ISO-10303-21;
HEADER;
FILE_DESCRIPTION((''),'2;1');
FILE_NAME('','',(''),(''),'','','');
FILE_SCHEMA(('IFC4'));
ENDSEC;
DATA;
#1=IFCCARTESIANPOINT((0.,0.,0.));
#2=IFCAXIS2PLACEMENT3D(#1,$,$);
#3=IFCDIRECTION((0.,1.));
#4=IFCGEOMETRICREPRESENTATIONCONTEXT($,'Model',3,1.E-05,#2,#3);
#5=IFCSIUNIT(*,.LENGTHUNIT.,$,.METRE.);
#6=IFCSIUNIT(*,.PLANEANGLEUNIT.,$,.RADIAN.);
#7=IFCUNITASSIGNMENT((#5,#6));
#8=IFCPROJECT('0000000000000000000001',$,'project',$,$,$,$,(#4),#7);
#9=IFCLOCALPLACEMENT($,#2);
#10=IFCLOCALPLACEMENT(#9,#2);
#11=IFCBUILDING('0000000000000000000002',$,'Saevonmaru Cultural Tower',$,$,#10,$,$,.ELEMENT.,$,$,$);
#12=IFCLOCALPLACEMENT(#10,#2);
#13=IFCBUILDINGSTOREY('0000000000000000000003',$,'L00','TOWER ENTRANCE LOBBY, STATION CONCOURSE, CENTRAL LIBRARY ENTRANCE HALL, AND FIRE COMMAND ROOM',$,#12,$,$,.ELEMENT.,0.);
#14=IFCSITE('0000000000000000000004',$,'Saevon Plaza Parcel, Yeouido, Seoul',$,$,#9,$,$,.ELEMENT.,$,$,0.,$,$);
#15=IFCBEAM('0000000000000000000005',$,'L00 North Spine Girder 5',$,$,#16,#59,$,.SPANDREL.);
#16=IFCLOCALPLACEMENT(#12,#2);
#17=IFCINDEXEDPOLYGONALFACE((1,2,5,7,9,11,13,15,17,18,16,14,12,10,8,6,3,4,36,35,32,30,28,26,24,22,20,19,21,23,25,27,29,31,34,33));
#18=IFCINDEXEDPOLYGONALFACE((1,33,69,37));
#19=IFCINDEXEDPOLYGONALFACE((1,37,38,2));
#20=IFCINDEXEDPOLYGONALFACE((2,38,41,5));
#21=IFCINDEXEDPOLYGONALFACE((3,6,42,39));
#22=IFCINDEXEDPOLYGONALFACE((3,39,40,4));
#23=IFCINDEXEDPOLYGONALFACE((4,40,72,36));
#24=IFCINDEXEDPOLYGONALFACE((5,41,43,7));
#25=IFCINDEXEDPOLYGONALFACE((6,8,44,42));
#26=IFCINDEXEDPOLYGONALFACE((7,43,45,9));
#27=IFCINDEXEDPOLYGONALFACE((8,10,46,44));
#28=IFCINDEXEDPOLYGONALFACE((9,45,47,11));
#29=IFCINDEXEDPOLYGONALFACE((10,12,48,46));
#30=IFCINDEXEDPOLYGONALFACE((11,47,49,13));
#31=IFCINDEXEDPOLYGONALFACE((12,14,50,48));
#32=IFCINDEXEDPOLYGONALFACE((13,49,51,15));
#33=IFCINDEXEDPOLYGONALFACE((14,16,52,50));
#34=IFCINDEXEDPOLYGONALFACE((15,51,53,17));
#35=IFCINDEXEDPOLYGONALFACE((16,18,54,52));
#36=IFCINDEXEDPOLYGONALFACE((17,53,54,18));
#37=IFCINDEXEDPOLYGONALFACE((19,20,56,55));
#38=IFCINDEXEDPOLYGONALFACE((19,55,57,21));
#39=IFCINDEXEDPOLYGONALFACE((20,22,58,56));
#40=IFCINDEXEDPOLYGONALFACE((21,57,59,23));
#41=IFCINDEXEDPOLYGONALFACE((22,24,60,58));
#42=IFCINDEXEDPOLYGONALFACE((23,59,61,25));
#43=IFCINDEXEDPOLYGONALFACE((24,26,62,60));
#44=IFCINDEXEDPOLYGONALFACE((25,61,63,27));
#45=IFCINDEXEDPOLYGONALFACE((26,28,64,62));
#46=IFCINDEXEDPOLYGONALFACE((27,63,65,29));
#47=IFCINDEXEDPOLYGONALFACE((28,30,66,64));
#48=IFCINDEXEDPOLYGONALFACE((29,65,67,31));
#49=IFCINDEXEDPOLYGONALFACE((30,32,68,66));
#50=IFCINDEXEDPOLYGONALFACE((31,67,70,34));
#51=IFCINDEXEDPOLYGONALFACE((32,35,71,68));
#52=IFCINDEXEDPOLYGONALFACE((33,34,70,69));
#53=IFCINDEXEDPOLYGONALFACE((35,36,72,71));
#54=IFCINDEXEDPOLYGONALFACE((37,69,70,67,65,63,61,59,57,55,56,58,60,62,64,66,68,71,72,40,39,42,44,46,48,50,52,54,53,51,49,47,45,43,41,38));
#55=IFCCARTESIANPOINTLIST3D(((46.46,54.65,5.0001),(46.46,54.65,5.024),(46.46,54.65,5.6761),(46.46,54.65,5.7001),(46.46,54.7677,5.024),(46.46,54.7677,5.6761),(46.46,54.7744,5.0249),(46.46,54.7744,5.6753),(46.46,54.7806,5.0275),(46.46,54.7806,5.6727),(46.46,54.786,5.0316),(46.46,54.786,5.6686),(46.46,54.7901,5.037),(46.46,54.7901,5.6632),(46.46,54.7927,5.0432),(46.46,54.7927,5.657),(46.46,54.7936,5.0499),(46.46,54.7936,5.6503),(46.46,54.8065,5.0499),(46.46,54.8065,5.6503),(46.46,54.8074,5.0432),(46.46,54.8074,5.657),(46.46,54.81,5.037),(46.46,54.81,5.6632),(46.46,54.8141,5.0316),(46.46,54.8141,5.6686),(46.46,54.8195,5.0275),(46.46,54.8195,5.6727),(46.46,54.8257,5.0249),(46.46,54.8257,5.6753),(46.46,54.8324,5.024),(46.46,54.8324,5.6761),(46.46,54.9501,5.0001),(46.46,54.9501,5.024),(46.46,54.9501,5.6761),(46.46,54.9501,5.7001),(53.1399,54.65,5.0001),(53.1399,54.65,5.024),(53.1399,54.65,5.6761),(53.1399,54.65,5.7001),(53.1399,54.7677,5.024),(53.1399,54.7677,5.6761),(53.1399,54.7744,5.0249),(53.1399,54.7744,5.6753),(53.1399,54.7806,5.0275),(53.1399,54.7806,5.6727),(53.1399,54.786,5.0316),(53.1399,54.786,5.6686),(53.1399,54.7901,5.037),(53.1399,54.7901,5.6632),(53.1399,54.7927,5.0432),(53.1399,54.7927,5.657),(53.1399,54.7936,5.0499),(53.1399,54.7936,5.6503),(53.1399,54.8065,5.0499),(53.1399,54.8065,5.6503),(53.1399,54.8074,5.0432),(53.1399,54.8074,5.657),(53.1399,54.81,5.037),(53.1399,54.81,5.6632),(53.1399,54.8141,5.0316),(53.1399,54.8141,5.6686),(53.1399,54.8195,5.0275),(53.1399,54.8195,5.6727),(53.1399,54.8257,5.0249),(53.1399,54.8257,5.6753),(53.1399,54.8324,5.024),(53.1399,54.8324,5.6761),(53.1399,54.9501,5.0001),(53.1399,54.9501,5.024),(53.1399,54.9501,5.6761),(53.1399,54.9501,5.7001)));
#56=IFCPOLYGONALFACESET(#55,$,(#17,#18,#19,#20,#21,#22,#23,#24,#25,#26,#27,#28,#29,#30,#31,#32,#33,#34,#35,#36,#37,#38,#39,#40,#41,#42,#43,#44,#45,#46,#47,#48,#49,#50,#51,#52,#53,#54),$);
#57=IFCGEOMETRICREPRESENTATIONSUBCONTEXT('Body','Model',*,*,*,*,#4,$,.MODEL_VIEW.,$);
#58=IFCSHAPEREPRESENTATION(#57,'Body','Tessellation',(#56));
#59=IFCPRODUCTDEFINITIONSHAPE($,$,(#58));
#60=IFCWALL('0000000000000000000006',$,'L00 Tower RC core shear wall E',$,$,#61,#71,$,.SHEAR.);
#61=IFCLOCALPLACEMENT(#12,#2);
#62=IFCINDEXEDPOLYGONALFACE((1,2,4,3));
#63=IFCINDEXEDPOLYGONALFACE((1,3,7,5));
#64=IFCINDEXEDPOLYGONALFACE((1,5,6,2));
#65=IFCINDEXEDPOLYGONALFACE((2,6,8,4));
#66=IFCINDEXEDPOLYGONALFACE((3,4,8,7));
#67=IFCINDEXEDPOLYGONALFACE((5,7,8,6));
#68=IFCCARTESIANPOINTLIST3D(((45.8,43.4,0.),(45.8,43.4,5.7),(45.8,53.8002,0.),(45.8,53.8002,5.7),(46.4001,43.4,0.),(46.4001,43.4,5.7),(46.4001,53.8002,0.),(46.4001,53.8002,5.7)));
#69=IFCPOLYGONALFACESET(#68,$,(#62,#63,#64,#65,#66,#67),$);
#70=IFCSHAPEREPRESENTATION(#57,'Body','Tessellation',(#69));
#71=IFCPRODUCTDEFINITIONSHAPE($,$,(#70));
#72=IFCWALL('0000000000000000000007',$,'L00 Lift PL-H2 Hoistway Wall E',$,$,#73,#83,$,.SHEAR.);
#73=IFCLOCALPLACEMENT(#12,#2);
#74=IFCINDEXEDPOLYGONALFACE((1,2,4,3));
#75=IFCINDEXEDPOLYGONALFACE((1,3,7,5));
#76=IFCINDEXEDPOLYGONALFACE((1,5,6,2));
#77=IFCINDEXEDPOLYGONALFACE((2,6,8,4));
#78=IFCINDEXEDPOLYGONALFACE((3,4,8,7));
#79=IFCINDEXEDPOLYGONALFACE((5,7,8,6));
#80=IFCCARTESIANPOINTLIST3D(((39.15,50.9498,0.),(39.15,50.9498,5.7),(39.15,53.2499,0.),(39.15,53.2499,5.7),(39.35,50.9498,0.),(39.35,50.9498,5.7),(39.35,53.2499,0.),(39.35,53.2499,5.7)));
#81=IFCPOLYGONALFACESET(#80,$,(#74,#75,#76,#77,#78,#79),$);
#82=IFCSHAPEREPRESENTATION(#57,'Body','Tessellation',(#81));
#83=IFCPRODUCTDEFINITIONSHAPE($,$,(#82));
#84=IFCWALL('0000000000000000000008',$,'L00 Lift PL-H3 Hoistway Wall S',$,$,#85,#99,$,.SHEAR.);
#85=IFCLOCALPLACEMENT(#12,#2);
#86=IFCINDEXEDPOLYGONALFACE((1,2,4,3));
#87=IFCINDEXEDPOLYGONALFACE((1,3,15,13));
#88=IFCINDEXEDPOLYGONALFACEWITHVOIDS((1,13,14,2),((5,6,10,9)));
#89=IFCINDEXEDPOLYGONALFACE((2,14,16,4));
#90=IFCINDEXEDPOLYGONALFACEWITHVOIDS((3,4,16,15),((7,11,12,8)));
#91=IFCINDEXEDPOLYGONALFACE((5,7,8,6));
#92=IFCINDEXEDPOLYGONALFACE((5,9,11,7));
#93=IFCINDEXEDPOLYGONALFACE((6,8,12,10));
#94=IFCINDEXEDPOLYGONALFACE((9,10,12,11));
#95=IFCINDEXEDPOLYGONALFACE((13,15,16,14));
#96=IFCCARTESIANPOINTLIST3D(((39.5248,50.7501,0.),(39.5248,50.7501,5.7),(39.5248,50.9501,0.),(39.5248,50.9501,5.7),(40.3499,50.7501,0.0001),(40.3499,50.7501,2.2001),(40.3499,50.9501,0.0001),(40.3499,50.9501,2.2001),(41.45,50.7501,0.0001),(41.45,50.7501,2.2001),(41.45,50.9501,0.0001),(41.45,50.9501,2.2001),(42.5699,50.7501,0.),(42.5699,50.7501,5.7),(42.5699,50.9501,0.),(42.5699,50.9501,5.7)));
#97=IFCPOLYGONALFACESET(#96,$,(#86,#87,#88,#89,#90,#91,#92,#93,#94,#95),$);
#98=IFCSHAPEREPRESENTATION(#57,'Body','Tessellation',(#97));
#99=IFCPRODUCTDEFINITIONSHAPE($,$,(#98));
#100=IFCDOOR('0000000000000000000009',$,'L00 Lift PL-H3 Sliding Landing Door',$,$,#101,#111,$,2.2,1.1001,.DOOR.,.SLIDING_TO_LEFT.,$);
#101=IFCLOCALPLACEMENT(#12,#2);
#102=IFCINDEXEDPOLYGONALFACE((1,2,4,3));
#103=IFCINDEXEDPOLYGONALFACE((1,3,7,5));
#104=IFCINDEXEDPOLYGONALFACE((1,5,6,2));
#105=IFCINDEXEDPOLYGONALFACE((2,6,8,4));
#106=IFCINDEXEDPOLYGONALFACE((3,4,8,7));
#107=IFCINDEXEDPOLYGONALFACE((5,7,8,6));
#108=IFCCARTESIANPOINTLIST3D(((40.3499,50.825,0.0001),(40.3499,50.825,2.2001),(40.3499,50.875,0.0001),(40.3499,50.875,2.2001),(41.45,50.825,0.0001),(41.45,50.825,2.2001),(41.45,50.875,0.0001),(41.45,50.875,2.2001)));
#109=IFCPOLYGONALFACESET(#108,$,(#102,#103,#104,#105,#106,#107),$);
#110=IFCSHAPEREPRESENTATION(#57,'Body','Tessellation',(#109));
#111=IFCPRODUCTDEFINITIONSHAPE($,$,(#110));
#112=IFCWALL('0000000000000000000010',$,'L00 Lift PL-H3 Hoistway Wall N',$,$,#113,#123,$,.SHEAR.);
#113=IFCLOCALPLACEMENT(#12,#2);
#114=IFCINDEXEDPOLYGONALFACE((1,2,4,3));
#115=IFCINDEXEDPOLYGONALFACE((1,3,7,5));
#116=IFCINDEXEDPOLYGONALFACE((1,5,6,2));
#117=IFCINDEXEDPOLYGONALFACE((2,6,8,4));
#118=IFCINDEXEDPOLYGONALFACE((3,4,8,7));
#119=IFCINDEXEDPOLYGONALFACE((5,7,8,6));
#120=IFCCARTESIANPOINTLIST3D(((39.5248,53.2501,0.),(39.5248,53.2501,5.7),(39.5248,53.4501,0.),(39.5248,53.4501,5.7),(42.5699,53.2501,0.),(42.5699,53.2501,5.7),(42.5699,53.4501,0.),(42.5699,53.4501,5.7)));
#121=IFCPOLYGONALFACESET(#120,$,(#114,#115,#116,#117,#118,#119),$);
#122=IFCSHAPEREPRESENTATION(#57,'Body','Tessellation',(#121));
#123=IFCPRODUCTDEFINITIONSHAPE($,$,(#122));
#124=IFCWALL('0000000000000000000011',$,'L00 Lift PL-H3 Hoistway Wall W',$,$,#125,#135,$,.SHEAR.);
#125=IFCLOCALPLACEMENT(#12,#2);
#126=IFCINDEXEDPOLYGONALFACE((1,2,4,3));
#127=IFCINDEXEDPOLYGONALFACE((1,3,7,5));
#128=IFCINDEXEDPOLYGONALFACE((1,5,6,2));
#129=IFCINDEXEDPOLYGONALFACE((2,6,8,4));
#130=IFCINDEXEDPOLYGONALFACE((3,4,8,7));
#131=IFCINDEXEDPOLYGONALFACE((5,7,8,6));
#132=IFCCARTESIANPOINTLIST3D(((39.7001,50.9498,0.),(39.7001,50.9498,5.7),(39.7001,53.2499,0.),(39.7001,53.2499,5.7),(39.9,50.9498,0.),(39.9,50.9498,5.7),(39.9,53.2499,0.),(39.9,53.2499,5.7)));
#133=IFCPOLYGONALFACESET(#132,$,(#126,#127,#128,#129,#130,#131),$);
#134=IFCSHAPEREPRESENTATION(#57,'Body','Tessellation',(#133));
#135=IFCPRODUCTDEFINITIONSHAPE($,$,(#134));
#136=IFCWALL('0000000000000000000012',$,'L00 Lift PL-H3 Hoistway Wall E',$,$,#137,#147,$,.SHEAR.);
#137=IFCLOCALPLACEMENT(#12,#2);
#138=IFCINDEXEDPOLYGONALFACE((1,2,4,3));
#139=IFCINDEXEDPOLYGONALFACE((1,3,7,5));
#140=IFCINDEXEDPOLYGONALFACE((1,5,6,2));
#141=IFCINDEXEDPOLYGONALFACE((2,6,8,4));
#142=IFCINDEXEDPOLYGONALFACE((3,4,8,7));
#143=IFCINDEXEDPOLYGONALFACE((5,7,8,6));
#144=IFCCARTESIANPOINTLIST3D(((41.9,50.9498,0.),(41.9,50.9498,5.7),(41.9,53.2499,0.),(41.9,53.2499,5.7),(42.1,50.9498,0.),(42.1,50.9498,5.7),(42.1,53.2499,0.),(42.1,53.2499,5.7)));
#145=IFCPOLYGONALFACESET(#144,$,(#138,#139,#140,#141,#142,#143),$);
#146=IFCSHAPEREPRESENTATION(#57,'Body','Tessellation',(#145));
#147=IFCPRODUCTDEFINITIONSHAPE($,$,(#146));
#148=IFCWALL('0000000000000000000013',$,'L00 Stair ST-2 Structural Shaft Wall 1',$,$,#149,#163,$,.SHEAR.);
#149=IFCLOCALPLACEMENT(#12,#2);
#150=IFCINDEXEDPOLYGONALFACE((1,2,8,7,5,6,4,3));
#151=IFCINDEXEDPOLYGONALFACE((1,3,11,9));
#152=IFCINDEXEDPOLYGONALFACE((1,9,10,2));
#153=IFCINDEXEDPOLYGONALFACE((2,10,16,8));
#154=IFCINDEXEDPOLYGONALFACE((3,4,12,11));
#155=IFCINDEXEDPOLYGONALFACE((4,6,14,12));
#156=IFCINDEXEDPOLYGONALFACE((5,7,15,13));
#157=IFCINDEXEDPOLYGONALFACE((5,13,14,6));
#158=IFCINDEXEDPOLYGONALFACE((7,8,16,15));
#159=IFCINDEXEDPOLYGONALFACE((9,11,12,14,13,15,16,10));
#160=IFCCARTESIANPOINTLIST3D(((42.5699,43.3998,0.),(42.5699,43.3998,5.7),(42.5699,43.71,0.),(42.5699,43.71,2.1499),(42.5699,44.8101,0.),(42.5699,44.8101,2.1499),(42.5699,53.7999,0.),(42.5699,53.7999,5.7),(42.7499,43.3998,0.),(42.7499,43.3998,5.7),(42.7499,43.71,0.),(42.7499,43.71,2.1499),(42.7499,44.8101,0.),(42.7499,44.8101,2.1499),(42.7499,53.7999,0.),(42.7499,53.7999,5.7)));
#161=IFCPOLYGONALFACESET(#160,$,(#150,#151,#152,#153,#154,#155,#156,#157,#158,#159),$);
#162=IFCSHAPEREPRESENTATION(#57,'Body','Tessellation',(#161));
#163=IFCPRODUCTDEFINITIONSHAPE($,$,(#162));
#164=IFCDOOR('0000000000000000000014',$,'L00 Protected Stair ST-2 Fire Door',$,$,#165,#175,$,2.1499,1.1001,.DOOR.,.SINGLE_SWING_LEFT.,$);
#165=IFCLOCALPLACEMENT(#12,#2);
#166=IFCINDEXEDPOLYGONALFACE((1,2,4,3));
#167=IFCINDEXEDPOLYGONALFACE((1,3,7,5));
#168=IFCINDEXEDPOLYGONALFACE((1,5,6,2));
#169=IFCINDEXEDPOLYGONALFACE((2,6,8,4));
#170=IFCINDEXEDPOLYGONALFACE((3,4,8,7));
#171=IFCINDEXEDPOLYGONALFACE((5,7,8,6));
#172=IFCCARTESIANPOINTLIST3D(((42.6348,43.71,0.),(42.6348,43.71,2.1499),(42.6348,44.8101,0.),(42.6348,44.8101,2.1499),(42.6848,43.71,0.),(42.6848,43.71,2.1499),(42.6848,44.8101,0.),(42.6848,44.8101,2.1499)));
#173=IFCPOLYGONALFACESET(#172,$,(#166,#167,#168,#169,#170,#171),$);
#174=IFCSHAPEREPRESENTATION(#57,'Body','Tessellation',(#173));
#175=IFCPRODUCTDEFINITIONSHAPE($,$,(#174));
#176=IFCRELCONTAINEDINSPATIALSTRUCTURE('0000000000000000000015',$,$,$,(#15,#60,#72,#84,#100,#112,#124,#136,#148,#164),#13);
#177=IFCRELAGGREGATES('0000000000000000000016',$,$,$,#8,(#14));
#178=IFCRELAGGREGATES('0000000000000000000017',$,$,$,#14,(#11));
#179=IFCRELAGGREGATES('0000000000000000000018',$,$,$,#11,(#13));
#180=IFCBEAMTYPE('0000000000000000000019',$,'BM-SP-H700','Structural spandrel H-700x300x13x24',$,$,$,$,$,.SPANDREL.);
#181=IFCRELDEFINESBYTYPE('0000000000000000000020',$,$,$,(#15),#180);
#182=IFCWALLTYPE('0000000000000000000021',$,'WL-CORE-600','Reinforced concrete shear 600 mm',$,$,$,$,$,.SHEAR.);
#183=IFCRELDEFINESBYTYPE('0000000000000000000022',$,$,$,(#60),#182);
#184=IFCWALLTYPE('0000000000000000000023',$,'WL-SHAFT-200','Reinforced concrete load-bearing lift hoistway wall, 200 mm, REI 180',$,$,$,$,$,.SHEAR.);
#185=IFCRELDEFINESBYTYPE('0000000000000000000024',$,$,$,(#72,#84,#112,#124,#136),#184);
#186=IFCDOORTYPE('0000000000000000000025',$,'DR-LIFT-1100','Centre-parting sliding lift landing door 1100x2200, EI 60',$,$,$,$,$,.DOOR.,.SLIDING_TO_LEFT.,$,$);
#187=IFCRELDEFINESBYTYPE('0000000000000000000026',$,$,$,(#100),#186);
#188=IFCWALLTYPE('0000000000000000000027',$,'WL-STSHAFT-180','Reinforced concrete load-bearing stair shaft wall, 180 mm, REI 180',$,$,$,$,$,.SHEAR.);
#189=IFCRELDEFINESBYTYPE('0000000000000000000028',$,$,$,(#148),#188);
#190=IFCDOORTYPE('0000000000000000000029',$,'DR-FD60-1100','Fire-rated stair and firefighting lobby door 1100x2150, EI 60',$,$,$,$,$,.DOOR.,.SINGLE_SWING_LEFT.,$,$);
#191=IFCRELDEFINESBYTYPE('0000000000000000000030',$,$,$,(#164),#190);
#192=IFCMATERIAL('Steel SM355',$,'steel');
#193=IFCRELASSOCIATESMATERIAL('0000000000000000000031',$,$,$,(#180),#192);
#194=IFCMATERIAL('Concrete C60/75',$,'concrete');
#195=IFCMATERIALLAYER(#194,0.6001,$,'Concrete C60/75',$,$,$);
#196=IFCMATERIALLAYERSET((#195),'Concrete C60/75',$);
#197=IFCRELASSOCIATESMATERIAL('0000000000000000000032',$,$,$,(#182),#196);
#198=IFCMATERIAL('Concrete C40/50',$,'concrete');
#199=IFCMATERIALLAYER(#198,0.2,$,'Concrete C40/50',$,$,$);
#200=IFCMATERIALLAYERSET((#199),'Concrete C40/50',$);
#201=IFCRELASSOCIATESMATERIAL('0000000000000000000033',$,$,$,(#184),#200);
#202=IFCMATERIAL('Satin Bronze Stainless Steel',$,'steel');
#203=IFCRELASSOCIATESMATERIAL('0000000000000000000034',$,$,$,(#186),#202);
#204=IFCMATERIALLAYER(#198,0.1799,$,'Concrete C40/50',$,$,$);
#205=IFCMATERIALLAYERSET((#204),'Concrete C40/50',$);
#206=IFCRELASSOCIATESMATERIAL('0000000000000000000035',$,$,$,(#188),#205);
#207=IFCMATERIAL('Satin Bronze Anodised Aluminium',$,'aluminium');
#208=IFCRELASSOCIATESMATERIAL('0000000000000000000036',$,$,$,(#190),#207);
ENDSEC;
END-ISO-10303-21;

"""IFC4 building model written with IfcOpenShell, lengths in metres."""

from ifc_helpers import new_model, si_unit, direction, frame, frame_2d, origin, origin_2d, place, context, subcontext, project, spatial, rectangle, i_section, extrude, material, layer, layer_set, material_profile, profile_set, type_object, element, fill, save


model = new_model("IFC4")

# Units and contexts
model_context = context("Model", 3, precision=1e-05, world=origin(), true_north=direction((0.0, 1.0)))
body_context = subcontext(model_context, "Body", "Model", "MODEL_VIEW")
ifc_project = project(units=[si_unit("LENGTHUNIT", "METRE"), si_unit("PLANEANGLEUNIT", "RADIAN")], contexts=[model_context])

# Site, building, storey
site_placement = place(None, origin())
site = spatial("IfcSite", under=ifc_project, at=site_placement, Name="Saevon Plaza Parcel, Yeouido, Seoul", CompositionType="ELEMENT", RefElevation=0.0)
building_placement = place(site_placement, origin())
building = spatial("IfcBuilding", under=site, at=building_placement, Name="Saevonmaru Cultural Tower", CompositionType="ELEMENT")
storey_placement = place(building_placement, origin())
storey = spatial("IfcBuildingStorey", under=building, at=storey_placement, Name="L00", Description="TOWER ENTRANCE LOBBY, STATION CONCOURSE, CENTRAL LIBRARY ENTRANCE HALL, AND FIRE COMMAND ROOM", CompositionType="ELEMENT", Elevation=0.0)

# Beam
ifc_material_1 = material(Name="Steel SM355", Category="steel")
ifc_material_profile_1 = material_profile(ifc_material_1, i_section(OverallWidth=0.3, OverallDepth=0.7, WebThickness=0.0129, FlangeThickness=0.0239, FilletRadius=0.0259, at=origin_2d()), Name="H-700x300x13x24")
ifc_profile_set_1 = profile_set([ifc_material_profile_1], Name="Steel SM355")
beam_type_1 = type_object("IfcBeamType", Name="BM-SP-H700", Description="Structural spandrel H-700x300x13x24", PredefinedType="SPANDREL", material=ifc_profile_set_1)
beam_1_placement = place(storey_placement, frame((46.46, 54.8, 5.3501), z_axis=(1.0, 0.0, 0.0), x_axis=(0.0, 1.0, 0.0)))
element("IfcBeam", 1, at=beam_1_placement, inside=storey, type_object=beam_type_1, Name="L00 North Spine Girder 5", PredefinedType="SPANDREL", context=body_context, shape_type="SweptSolid", body=[
    extrude(i_section(OverallWidth=0.3, OverallDepth=0.7, WebThickness=0.0129, FlangeThickness=0.0239, FilletRadius=0.0259, at=origin_2d()), origin(), (0.0, 0.0, 1.0), 6.6799),
])

# Walls
ifc_material_2 = material(Name="Concrete C60/75", Category="concrete")
ifc_layer_1 = layer(ifc_material_2, 0.6001, Name="Concrete C60/75")
ifc_layer_set_1 = layer_set([ifc_layer_1], Name="Concrete C60/75")
wall_type_1 = type_object("IfcWallType", Name="WL-CORE-600", Description="Reinforced concrete shear 600 mm", PredefinedType="SHEAR", material=ifc_layer_set_1)
wall_1_placement = place(storey_placement, frame((46.1001, 43.3999, 0.0), z_axis=(0.0, 0.0, 1.0), x_axis=(0.0, 1.0, 0.0)))
element("IfcWall", 2, at=wall_1_placement, inside=storey, type_object=wall_type_1, Name="L00 Tower RC core shear wall E", PredefinedType="SHEAR", context=body_context, shape_type="SweptSolid", body=[
    extrude(rectangle(XDim=10.4001, YDim=0.6001, at=frame_2d((5.2002, 0.0))), origin(), (0.0, 0.0, 1.0), 5.7),
])
ifc_material_3 = material(Name="Concrete C40/50", Category="concrete")
ifc_layer_2 = layer(ifc_material_3, 0.2, Name="Concrete C40/50")
ifc_layer_set_2 = layer_set([ifc_layer_2], Name="Concrete C40/50")
wall_type_2 = type_object("IfcWallType", Name="WL-SHAFT-200", Description="Reinforced concrete load-bearing lift hoistway wall, 200 mm, REI 180", PredefinedType="SHEAR", material=ifc_layer_set_2)
wall_2_placement = place(storey_placement, frame((39.25, 50.95, 0.0), z_axis=(0.0, 0.0, 1.0), x_axis=(0.0, 1.0, 0.0)))
element("IfcWall", 3, at=wall_2_placement, inside=storey, type_object=wall_type_2, Name="L00 Lift PL-H2 Hoistway Wall E", PredefinedType="SHEAR", context=body_context, shape_type="SweptSolid", body=[
    extrude(rectangle(XDim=2.3, YDim=0.2, at=frame_2d((1.1499, 0.0))), origin(), (0.0, 0.0, 1.0), 5.7),
])

# Wall, opening, door
wall_3_placement = place(storey_placement, frame((39.5249, 50.8501, 0.0), z_axis=(0.0, 0.0, 1.0), x_axis=(1.0, 0.0, 0.0)))
wall_3 = element("IfcWall", 4, at=wall_3_placement, inside=storey, type_object=wall_type_2, Name="L00 Lift PL-H3 Hoistway Wall S", PredefinedType="SHEAR", context=body_context, shape_type="SweptSolid", body=[
    extrude(rectangle(XDim=3.0452, YDim=0.2, at=frame_2d((1.5225, 0.0))), origin(), (0.0, 0.0, 1.0), 5.7),
])
opening_1_placement = place(wall_3_placement, frame((0.825, 0.0, 0.0)))
opening_1 = element("IfcOpeningElement", 5, at=opening_1_placement, cuts=wall_3, PredefinedType="OPENING", context=body_context, shape_type="SweptSolid", body=[
    extrude(rectangle(XDim=1.1001, YDim=2.2, at=frame_2d((0.55, 1.1001))), frame((0.0, 0.1099, 0.0), z_axis=(0.0, -1.0, 0.0), x_axis=(1.0, 0.0, 0.0)), (0.0, 0.0, 1.0), 0.22),
])
ifc_material_4 = material(Name="Satin Bronze Stainless Steel", Category="steel")
door_type_1 = type_object("IfcDoorType", Name="DR-LIFT-1100", Description="Centre-parting sliding lift landing door 1100x2200, EI 60", OperationType="SLIDING_TO_LEFT", PredefinedType="DOOR", material=ifc_material_4)
door_1_placement = place(opening_1_placement, origin())
door_1 = element("IfcDoor", 6, at=door_1_placement, inside=storey, type_object=door_type_1, Name="L00 Lift PL-H3 Sliding Landing Door", OperationType="SLIDING_TO_LEFT", OverallHeight=2.2, OverallWidth=1.1001, PredefinedType="DOOR", context=body_context, shape_type="SweptSolid", body=[
    extrude(rectangle(XDim=1.1001, YDim=2.2, at=frame_2d((0.55, 1.1001))), frame((0.0, 0.0249, 0.0), z_axis=(0.0, -1.0, 0.0), x_axis=(1.0, 0.0, 0.0)), (0.0, 0.0, 1.0), 0.05),
])
fill(opening_1, door_1)

# Walls
wall_4_placement = place(storey_placement, frame((39.5249, 53.3501, 0.0), z_axis=(0.0, 0.0, 1.0), x_axis=(1.0, 0.0, 0.0)))
element("IfcWall", 7, at=wall_4_placement, inside=storey, type_object=wall_type_2, Name="L00 Lift PL-H3 Hoistway Wall N", PredefinedType="SHEAR", context=body_context, shape_type="SweptSolid", body=[
    extrude(rectangle(XDim=3.0452, YDim=0.2, at=frame_2d((1.5225, 0.0))), origin(), (0.0, 0.0, 1.0), 5.7),
])
for number, where, z_axis, x_axis, name in (
    (8, (39.8, 50.95, 0.0), (0.0, 0.0, 1.0), (0.0, 1.0, 0.0), "L00 Lift PL-H3 Hoistway Wall W"),
    (9, (42.0, 50.95, 0.0), (0.0, 0.0, 1.0), (0.0, 1.0, 0.0), "L00 Lift PL-H3 Hoistway Wall E"),
):
    element("IfcWall", number, at=place(storey_placement, frame(where, z_axis=z_axis, x_axis=x_axis)), inside=storey, type_object=wall_type_2, Name=name, PredefinedType="SHEAR", context=body_context, shape_type="SweptSolid", body=[
        extrude(rectangle(XDim=2.3, YDim=0.2, at=frame_2d((1.1499, 0.0))), origin(), (0.0, 0.0, 1.0), 5.7),
    ])

# Wall, opening, door
ifc_layer_3 = layer(ifc_material_3, 0.1799, Name="Concrete C40/50")
ifc_layer_set_3 = layer_set([ifc_layer_3], Name="Concrete C40/50")
wall_type_3 = type_object("IfcWallType", Name="WL-STSHAFT-180", Description="Reinforced concrete load-bearing stair shaft wall, 180 mm, REI 180", PredefinedType="SHEAR", material=ifc_layer_set_3)
wall_5_placement = place(storey_placement, frame((42.6599, 53.8, 0.0), z_axis=(0.0, 0.0, 1.0), x_axis=(0.0, -1.0, 0.0)))
wall_5 = element("IfcWall", 10, at=wall_5_placement, inside=storey, type_object=wall_type_3, Name="L00 Stair ST-2 Structural Shaft Wall 1", PredefinedType="SHEAR", context=body_context, shape_type="SweptSolid", body=[
    extrude(rectangle(XDim=10.4001, YDim=0.1799, at=frame_2d((5.2002, 0.0))), origin(), (0.0, 0.0, 1.0), 5.7),
])
opening_2_placement = place(wall_5_placement, frame((8.99, 0.0, 0.0)))
opening_2 = element("IfcOpeningElement", 11, at=opening_2_placement, cuts=wall_5, PredefinedType="OPENING", context=body_context, shape_type="SweptSolid", body=[
    extrude(rectangle(XDim=1.1001, YDim=2.1499, at=frame_2d((0.55, 1.075))), frame((0.0, 0.1001, 0.0), z_axis=(0.0, -1.0, 0.0), x_axis=(1.0, 0.0, 0.0)), (0.0, 0.0, 1.0), 0.2),
])
ifc_material_5 = material(Name="Satin Bronze Anodised Aluminium", Category="aluminium")
door_type_2 = type_object("IfcDoorType", Name="DR-FD60-1100", Description="Fire-rated stair and firefighting lobby door 1100x2150, EI 60", OperationType="SINGLE_SWING_LEFT", PredefinedType="DOOR", material=ifc_material_5)
door_2_placement = place(opening_2_placement, origin())
door_2 = element("IfcDoor", 12, at=door_2_placement, inside=storey, type_object=door_type_2, Name="L00 Protected Stair ST-2 Fire Door", OperationType="SINGLE_SWING_LEFT", OverallHeight=2.1499, OverallWidth=1.1001, PredefinedType="DOOR", context=body_context, shape_type="SweptSolid", body=[
    extrude(rectangle(XDim=1.1001, YDim=2.1499, at=frame_2d((0.55, 1.075))), frame((0.0, 0.0249, 0.0), z_axis=(0.0, -1.0, 0.0), x_axis=(1.0, 0.0, 0.0)), (0.0, 0.0, 1.0), 0.05),
])
fill(opening_2, door_2)

save(model, "model.ifc")
